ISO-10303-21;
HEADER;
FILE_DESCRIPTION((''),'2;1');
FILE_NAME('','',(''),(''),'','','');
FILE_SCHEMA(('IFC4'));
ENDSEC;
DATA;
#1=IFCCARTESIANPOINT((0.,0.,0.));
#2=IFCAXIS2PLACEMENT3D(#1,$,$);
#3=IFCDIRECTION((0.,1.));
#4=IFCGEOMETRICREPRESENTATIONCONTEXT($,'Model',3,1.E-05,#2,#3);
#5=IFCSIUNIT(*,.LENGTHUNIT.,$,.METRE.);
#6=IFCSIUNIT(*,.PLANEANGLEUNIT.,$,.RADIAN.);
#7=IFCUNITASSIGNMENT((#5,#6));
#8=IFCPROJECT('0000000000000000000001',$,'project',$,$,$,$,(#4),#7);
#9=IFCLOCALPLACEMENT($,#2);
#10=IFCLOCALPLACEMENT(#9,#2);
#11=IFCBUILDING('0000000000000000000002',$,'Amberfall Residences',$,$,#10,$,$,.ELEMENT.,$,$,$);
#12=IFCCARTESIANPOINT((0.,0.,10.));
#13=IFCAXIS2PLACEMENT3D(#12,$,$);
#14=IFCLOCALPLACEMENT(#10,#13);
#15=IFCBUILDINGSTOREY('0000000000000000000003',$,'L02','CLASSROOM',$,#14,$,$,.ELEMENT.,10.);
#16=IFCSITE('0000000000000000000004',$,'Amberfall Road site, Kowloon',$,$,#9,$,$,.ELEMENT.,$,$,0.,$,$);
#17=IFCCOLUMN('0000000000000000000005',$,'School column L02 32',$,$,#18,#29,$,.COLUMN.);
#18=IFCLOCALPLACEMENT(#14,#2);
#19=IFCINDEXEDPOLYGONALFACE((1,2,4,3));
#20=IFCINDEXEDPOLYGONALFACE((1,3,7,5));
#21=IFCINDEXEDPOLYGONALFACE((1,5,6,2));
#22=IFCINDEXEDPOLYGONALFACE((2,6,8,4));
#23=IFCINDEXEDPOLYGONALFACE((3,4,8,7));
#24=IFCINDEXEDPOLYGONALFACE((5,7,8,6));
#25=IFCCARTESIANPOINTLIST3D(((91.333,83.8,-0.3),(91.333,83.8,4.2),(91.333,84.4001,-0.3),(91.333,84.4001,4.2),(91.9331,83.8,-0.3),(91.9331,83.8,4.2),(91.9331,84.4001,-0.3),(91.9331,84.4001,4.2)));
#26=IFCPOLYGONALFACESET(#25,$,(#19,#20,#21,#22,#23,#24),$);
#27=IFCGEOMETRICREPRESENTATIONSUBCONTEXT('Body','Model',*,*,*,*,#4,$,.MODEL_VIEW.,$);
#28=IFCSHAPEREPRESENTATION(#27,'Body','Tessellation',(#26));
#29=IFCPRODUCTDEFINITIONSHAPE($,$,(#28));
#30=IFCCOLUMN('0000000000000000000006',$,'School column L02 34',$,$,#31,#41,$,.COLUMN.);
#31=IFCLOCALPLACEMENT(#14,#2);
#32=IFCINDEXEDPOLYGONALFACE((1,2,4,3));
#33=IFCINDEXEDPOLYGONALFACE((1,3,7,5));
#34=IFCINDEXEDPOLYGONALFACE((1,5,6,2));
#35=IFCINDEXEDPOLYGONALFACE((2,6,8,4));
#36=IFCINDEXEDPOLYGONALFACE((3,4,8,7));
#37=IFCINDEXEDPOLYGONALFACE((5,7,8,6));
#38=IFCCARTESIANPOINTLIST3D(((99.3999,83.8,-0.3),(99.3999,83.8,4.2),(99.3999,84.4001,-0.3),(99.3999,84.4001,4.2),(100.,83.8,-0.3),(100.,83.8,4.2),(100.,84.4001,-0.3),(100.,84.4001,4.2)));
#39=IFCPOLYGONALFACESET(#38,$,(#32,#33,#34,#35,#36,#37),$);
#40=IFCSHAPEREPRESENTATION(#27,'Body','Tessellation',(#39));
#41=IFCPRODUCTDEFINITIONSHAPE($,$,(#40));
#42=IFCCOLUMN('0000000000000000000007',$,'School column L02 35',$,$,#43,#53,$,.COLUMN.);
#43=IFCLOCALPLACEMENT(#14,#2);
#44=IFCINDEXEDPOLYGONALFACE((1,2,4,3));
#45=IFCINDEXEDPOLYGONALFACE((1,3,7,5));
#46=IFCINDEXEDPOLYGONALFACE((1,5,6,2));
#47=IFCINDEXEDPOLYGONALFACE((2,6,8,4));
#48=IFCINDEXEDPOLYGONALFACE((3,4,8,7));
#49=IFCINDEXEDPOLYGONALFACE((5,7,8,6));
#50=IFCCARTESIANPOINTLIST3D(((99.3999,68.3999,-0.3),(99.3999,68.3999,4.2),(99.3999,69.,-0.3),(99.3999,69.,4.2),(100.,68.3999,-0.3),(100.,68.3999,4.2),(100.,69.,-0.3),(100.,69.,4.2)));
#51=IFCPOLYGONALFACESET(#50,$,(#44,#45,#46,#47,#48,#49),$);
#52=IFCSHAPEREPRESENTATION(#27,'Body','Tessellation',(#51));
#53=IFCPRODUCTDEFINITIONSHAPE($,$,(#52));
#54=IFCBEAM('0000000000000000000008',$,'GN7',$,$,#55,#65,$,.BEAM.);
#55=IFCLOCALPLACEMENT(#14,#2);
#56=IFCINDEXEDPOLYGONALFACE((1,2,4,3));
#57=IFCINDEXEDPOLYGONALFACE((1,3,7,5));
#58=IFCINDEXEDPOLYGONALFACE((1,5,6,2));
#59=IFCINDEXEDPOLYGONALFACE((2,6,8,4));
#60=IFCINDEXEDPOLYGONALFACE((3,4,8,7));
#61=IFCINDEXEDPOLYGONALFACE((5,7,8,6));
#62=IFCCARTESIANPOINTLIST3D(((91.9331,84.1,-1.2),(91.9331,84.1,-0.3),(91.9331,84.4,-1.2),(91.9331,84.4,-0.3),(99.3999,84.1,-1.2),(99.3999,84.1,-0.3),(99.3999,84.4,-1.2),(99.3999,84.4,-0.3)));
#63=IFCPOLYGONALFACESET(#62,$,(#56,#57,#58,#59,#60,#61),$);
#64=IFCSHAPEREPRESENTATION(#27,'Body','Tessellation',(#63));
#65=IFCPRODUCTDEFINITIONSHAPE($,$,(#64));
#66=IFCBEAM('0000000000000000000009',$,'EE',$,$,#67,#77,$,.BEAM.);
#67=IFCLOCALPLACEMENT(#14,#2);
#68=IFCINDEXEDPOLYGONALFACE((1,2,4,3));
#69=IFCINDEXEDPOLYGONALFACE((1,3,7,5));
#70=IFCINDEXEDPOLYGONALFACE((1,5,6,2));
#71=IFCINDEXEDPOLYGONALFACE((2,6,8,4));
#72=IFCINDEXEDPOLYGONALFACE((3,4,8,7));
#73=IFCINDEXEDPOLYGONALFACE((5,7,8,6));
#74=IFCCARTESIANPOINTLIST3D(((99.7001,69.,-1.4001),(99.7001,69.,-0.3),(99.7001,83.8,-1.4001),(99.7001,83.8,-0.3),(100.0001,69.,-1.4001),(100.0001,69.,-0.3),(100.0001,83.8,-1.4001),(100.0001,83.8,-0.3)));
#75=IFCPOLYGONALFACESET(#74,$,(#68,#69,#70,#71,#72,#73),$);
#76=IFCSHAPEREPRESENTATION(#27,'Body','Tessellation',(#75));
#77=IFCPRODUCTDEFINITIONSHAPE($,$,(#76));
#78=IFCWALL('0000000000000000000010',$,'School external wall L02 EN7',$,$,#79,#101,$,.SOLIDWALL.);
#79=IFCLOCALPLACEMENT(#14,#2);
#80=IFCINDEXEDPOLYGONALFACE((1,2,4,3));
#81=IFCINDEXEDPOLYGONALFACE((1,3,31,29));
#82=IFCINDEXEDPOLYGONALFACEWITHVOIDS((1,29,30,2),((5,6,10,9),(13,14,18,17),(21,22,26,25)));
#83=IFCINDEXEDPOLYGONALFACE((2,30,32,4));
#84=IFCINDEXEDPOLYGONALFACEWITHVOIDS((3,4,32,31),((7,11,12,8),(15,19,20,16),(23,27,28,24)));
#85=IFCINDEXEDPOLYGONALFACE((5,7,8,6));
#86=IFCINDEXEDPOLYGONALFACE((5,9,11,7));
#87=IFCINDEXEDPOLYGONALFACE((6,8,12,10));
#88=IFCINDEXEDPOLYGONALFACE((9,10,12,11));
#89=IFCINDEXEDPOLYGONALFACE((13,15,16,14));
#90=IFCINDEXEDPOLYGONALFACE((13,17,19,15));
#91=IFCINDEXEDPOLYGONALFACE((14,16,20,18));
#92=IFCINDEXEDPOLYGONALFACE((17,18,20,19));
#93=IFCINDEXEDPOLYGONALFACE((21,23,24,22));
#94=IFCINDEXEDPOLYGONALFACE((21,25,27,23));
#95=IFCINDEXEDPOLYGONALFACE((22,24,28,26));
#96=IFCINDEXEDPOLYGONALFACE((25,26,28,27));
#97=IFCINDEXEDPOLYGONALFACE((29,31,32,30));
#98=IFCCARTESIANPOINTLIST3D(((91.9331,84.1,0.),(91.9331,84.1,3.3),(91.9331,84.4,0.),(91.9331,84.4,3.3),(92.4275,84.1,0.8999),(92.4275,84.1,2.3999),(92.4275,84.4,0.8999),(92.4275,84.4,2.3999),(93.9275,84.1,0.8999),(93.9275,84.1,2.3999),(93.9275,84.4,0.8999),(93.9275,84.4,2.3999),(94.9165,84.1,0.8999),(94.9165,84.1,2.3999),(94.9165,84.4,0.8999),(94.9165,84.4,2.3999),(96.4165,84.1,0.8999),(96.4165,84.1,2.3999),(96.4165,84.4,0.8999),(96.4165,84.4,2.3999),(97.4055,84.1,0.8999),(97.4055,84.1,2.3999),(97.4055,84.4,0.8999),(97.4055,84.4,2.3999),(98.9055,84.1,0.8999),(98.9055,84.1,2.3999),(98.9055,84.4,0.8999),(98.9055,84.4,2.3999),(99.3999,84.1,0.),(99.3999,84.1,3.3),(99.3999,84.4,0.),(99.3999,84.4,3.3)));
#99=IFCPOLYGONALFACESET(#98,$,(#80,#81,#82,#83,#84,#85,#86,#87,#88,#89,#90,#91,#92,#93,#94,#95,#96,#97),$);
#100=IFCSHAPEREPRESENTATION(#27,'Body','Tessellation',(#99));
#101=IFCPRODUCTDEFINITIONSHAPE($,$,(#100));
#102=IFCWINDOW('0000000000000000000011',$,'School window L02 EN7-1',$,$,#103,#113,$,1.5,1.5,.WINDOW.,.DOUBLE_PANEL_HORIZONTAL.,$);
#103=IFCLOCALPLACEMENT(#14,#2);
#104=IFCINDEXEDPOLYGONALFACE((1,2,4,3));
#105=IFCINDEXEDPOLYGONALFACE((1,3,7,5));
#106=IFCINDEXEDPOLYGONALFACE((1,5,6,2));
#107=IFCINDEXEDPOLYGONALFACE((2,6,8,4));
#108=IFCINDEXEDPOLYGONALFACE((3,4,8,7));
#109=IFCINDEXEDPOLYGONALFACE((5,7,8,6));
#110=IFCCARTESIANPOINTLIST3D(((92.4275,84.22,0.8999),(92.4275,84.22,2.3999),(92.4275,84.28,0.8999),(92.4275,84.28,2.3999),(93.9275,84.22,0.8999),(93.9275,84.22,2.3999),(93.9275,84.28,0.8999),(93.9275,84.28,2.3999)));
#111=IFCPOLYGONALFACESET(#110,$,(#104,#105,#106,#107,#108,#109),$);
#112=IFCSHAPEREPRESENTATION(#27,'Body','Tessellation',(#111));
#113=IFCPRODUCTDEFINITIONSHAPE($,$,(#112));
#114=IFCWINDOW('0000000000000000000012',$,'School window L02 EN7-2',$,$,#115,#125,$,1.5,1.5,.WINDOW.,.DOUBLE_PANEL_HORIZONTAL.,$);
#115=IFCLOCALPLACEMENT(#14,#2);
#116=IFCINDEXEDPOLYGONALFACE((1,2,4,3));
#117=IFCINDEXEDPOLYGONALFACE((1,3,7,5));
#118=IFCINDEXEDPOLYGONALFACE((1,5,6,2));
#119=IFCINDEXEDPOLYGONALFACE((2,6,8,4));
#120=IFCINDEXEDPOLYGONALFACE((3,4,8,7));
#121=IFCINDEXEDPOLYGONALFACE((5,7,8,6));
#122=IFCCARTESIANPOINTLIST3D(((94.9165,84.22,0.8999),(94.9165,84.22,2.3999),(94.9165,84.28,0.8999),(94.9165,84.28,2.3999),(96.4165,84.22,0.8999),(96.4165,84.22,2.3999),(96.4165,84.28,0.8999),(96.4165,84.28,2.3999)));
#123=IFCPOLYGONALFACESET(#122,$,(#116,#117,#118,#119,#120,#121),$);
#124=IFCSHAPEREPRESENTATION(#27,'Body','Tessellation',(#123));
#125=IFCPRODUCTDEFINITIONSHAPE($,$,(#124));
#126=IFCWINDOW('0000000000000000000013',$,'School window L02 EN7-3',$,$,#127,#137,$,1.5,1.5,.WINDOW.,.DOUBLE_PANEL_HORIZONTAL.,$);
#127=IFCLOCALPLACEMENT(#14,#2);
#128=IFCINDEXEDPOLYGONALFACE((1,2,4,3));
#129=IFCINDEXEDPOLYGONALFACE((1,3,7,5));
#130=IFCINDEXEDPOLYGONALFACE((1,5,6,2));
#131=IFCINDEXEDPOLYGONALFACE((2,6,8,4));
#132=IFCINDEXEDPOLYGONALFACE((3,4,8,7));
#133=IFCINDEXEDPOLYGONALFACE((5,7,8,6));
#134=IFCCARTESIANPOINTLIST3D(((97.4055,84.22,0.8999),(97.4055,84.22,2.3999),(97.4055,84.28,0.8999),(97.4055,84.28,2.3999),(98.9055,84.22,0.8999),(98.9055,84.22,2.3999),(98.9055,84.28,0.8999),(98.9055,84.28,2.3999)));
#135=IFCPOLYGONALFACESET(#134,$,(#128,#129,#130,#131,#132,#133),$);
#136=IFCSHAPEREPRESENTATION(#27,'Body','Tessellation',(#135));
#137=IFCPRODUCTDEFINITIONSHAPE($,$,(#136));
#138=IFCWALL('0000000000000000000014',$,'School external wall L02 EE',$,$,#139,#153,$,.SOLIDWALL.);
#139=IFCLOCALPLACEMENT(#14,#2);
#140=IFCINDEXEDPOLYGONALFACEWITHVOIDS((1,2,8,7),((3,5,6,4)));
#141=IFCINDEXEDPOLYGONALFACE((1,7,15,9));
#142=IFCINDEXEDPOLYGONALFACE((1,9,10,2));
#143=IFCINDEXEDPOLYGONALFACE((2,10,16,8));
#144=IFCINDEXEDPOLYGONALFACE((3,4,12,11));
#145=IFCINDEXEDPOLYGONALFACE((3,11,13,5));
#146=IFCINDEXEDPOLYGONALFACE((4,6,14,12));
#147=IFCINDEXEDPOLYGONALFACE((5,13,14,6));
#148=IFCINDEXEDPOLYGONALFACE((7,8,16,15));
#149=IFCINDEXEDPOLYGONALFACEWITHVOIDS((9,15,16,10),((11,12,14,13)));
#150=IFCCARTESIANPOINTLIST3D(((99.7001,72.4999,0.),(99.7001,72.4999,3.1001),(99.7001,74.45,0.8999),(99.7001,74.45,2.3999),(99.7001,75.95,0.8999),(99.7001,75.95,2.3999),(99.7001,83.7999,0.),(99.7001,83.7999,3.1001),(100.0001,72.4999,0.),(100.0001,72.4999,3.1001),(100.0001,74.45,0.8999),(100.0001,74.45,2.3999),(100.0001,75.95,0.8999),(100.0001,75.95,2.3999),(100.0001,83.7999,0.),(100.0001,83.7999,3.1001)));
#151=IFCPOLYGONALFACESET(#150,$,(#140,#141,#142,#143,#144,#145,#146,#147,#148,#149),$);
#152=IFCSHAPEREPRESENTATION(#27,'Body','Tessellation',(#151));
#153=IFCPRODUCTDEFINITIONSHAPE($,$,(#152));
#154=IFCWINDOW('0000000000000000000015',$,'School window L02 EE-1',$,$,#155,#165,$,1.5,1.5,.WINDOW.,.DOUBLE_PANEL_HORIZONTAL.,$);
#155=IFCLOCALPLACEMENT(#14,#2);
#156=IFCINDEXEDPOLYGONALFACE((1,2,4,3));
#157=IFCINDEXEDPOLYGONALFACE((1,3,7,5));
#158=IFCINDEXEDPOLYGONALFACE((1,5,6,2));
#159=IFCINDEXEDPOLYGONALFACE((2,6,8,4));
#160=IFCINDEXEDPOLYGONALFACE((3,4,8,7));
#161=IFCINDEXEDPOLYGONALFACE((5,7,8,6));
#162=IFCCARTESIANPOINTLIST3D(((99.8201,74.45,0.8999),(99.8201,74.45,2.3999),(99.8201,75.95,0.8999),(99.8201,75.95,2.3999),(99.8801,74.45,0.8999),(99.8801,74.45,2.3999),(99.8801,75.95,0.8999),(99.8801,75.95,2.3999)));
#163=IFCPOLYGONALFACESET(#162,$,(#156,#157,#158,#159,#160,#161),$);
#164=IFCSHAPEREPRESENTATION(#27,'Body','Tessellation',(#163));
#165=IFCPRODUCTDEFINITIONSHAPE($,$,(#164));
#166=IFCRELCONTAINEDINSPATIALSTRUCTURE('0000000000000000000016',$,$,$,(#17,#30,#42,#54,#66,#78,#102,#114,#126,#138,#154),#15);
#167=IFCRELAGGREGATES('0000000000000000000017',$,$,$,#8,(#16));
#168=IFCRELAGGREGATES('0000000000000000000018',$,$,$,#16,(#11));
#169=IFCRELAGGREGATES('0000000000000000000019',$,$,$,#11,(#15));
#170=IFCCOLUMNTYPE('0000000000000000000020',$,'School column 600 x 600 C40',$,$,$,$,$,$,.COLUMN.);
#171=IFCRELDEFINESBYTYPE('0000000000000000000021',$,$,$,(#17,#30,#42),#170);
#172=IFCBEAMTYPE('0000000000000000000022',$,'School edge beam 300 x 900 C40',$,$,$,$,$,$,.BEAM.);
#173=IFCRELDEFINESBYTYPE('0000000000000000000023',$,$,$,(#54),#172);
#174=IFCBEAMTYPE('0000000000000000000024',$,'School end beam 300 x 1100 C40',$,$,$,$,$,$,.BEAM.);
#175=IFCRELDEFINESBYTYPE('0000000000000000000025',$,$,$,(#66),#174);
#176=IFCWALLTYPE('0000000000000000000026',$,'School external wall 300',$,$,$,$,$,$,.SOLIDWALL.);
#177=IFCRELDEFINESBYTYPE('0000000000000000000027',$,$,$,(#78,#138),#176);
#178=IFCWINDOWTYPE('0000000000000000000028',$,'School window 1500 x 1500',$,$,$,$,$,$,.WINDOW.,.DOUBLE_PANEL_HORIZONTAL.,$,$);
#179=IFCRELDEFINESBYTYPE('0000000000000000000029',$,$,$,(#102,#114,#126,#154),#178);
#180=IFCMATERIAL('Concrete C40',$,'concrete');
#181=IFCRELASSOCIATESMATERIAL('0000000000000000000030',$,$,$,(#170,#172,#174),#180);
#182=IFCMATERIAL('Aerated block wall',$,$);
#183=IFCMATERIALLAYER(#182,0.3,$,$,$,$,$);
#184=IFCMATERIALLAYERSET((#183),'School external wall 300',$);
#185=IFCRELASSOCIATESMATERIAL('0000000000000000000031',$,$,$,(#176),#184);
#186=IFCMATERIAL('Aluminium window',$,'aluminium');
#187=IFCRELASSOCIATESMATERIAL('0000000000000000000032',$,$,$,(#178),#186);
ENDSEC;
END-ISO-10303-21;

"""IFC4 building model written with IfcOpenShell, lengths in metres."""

from ifc_helpers import new_model, si_unit, direction, frame, frame_2d, origin, origin_2d, place, context, subcontext, project, spatial, rectangle, extrude, material, layer, layer_set, material_profile, profile_set, type_object, element, fill, save


model = new_model("IFC4")

# Units and contexts
model_context = context("Model", 3, precision=1e-05, world=origin(), true_north=direction((0.0, 1.0)))
body_context = subcontext(model_context, "Body", "Model", "MODEL_VIEW")
ifc_project = project(units=[si_unit("LENGTHUNIT", "METRE"), si_unit("PLANEANGLEUNIT", "RADIAN")], contexts=[model_context])

# Site, building, storey
site_placement = place(None, origin())
site = spatial("IfcSite", under=ifc_project, at=site_placement, Name="Amberfall Road site, Kowloon", CompositionType="ELEMENT", RefElevation=0.0)
building_placement = place(site_placement, origin())
building = spatial("IfcBuilding", under=site, at=building_placement, Name="Amberfall Residences", CompositionType="ELEMENT")
storey_placement = place(building_placement, frame((0.0, 0.0, 10.0)))
storey = spatial("IfcBuildingStorey", under=building, at=storey_placement, Name="L02", Description="CLASSROOM", CompositionType="ELEMENT", Elevation=10.0)

# Columns
ifc_material_1 = material(Name="Concrete C40", Category="concrete")
ifc_material_profile_1 = material_profile(ifc_material_1, rectangle(XDim=0.6001, YDim=0.6001, at=origin_2d()), Name="School column 600 x 600 C40")
ifc_profile_set_1 = profile_set([ifc_material_profile_1], Name="Concrete C40")
column_type = type_object("IfcColumnType", Name="School column 600 x 600 C40", PredefinedType="COLUMN", material=ifc_profile_set_1)
for number, where, z_axis, x_axis, name in (
    (1, (91.6331, 84.1001, -0.3), (0.0, 0.0, 1.0), (1.0, 0.0, 0.0), "School column L02 32"),
    (2, (99.7, 84.1001, -0.3), (0.0, 0.0, 1.0), (1.0, 0.0, 0.0), "School column L02 34"),
    (3, (99.7, 68.7, -0.3), (0.0, 0.0, 1.0), (1.0, 0.0, 0.0), "School column L02 35"),
):
    element("IfcColumn", number, at=place(storey_placement, frame(where, z_axis=z_axis, x_axis=x_axis)), inside=storey, type_object=column_type, Name=name, PredefinedType="COLUMN", context=body_context, shape_type="SweptSolid", body=[
        extrude(rectangle(XDim=0.6001, YDim=0.6001, at=origin_2d()), origin(), (0.0, 0.0, 1.0), 4.5),
    ])

# Beams
ifc_material_profile_2 = material_profile(ifc_material_1, rectangle(XDim=0.3, YDim=0.8999, at=origin_2d()), Name="School edge beam 300 x 900 C40")
ifc_profile_set_2 = profile_set([ifc_material_profile_2], Name="Concrete C40")
beam_type_1 = type_object("IfcBeamType", Name="School edge beam 300 x 900 C40", PredefinedType="BEAM", material=ifc_profile_set_2)
beam_1_placement = place(storey_placement, frame((91.9331, 84.25, -0.75), z_axis=(1.0, 0.0, 0.0), x_axis=(0.0, 1.0, 0.0)))
element("IfcBeam", 4, at=beam_1_placement, inside=storey, type_object=beam_type_1, Name="GN7", PredefinedType="BEAM", context=body_context, shape_type="SweptSolid", body=[
    extrude(rectangle(XDim=0.3, YDim=0.8999, at=origin_2d()), origin(), (0.0, 0.0, 1.0), 7.4668),
])
ifc_material_profile_3 = material_profile(ifc_material_1, rectangle(XDim=0.3, YDim=1.1001, at=origin_2d()), Name="School end beam 300 x 1100 C40")
ifc_profile_set_3 = profile_set([ifc_material_profile_3], Name="Concrete C40")
beam_type_2 = type_object("IfcBeamType", Name="School end beam 300 x 1100 C40", PredefinedType="BEAM", material=ifc_profile_set_3)
beam_2_placement = place(storey_placement, frame((99.8501, 69.0, -0.8501), z_axis=(0.0, 1.0, 0.0), x_axis=(-1.0, 0.0, 0.0)))
element("IfcBeam", 5, at=beam_2_placement, inside=storey, type_object=beam_type_2, Name="EE", PredefinedType="BEAM", context=body_context, shape_type="SweptSolid", body=[
    extrude(rectangle(XDim=0.3, YDim=1.1001, at=origin_2d()), origin(), (0.0, 0.0, 1.0), 14.8),
])

# Wall, openings, windows
ifc_material_2 = material(Name="Aerated block wall")
ifc_layer_1 = layer(ifc_material_2, 0.3)
ifc_layer_set_1 = layer_set([ifc_layer_1], Name="School external wall 300")
wall_type_1 = type_object("IfcWallType", Name="School external wall 300", PredefinedType="SOLIDWALL", material=ifc_layer_set_1)
wall_1_placement = place(storey_placement, frame((91.9331, 84.25, 0.0), z_axis=(0.0, 0.0, 1.0), x_axis=(1.0, 0.0, 0.0)))
wall_1 = element("IfcWall", 6, at=wall_1_placement, inside=storey, type_object=wall_type_1, Name="School external wall L02 EN7", PredefinedType="SOLIDWALL", context=body_context, shape_type="SweptSolid", body=[
    extrude(rectangle(XDim=7.4668, YDim=0.3, at=frame_2d((3.7334, 0.0))), origin(), (0.0, 0.0, 1.0), 3.3),
])
opening_1_placement = place(wall_1_placement, frame((0.4944, 0.0, 0.8999)))
opening_1 = element("IfcOpeningElement", 7, at=opening_1_placement, cuts=wall_1, PredefinedType="OPENING", context=body_context, shape_type="SweptSolid", body=[
    extrude(rectangle(XDim=1.5, YDim=1.5, at=frame_2d((0.75, 0.75))), frame((0.0, 0.1599, 0.0), z_axis=(0.0, -1.0, 0.0), x_axis=(1.0, 0.0, 0.0)), (0.0, 0.0, 1.0), 0.3201),
])
opening_2_placement = place(wall_1_placement, frame((2.9834, 0.0, 0.8999)))
opening_2 = element("IfcOpeningElement", 8, at=opening_2_placement, cuts=wall_1, PredefinedType="OPENING", context=body_context, shape_type="SweptSolid", body=[
    extrude(rectangle(XDim=1.5, YDim=1.5, at=frame_2d((0.75, 0.75))), frame((0.0, 0.1599, 0.0), z_axis=(0.0, -1.0, 0.0), x_axis=(1.0, 0.0, 0.0)), (0.0, 0.0, 1.0), 0.3201),
])
opening_3_placement = place(wall_1_placement, frame((5.4724, 0.0, 0.8999)))
opening_3 = element("IfcOpeningElement", 9, at=opening_3_placement, cuts=wall_1, PredefinedType="OPENING", context=body_context, shape_type="SweptSolid", body=[
    extrude(rectangle(XDim=1.5, YDim=1.5, at=frame_2d((0.75, 0.75))), frame((0.0, 0.1599, 0.0), z_axis=(0.0, -1.0, 0.0), x_axis=(1.0, 0.0, 0.0)), (0.0, 0.0, 1.0), 0.3201),
])
ifc_material_3 = material(Name="Aluminium window", Category="aluminium")
window_type = type_object("IfcWindowType", Name="School window 1500 x 1500", PartitioningType="DOUBLE_PANEL_HORIZONTAL", PredefinedType="WINDOW", material=ifc_material_3)
window_1_placement = place(opening_1_placement, origin())
window_1 = element("IfcWindow", 10, at=window_1_placement, inside=storey, type_object=window_type, Name="School window L02 EN7-1", OverallHeight=1.5, OverallWidth=1.5, PartitioningType="DOUBLE_PANEL_HORIZONTAL", PredefinedType="WINDOW", context=body_context, shape_type="SweptSolid", body=[
    extrude(rectangle(XDim=1.5, YDim=1.5, at=frame_2d((0.75, 0.75))), frame((0.0, 0.03, 0.0), z_axis=(0.0, -1.0, 0.0), x_axis=(1.0, 0.0, 0.0)), (0.0, 0.0, 1.0), 0.0601),
])
fill(opening_1, window_1)
window_2_placement = place(opening_2_placement, origin())
window_2 = element("IfcWindow", 11, at=window_2_placement, inside=storey, type_object=window_type, Name="School window L02 EN7-2", OverallHeight=1.5, OverallWidth=1.5, PartitioningType="DOUBLE_PANEL_HORIZONTAL", PredefinedType="WINDOW", context=body_context, shape_type="SweptSolid", body=[
    extrude(rectangle(XDim=1.5, YDim=1.5, at=frame_2d((0.75, 0.75))), frame((0.0, 0.03, 0.0), z_axis=(0.0, -1.0, 0.0), x_axis=(1.0, 0.0, 0.0)), (0.0, 0.0, 1.0), 0.0601),
])
fill(opening_2, window_2)
window_3_placement = place(opening_3_placement, origin())
window_3 = element("IfcWindow", 12, at=window_3_placement, inside=storey, type_object=window_type, Name="School window L02 EN7-3", OverallHeight=1.5, OverallWidth=1.5, PartitioningType="DOUBLE_PANEL_HORIZONTAL", PredefinedType="WINDOW", context=body_context, shape_type="SweptSolid", body=[
    extrude(rectangle(XDim=1.5, YDim=1.5, at=frame_2d((0.75, 0.75))), frame((0.0, 0.03, 0.0), z_axis=(0.0, -1.0, 0.0), x_axis=(1.0, 0.0, 0.0)), (0.0, 0.0, 1.0), 0.0601),
])
fill(opening_3, window_3)

# Wall, opening, window
wall_2_placement = place(storey_placement, frame((99.8501, 72.5, 0.0), z_axis=(0.0, 0.0, 1.0), x_axis=(0.0, 1.0, 0.0)))
wall_2 = element("IfcWall", 13, at=wall_2_placement, inside=storey, type_object=wall_type_1, Name="School external wall L02 EE", PredefinedType="SOLIDWALL", context=body_context, shape_type="SweptSolid", body=[
    extrude(rectangle(XDim=11.3, YDim=0.3, at=frame_2d((5.6499, 0.0))), origin(), (0.0, 0.0, 1.0), 3.1001),
])
opening_4_placement = place(wall_2_placement, frame((1.95, 0.0, 0.8999)))
opening_4 = element("IfcOpeningElement", 14, at=opening_4_placement, cuts=wall_2, PredefinedType="OPENING", context=body_context, shape_type="SweptSolid", body=[
    extrude(rectangle(XDim=1.5, YDim=1.5, at=frame_2d((0.75, 0.75))), frame((0.0, 0.1599, 0.0), z_axis=(0.0, -1.0, 0.0), x_axis=(1.0, 0.0, 0.0)), (0.0, 0.0, 1.0), 0.3201),
])
window_4_placement = place(opening_4_placement, origin())
window_4 = element("IfcWindow", 15, at=window_4_placement, inside=storey, type_object=window_type, Name="School window L02 EE-1", OverallHeight=1.5, OverallWidth=1.5, PartitioningType="DOUBLE_PANEL_HORIZONTAL", PredefinedType="WINDOW", context=body_context, shape_type="SweptSolid", body=[
    extrude(rectangle(XDim=1.5, YDim=1.5, at=frame_2d((0.75, 0.75))), frame((0.0, 0.03, 0.0), z_axis=(0.0, -1.0, 0.0), x_axis=(1.0, 0.0, 0.0)), (0.0, 0.0, 1.0), 0.0601),
])
fill(opening_4, window_4)

save(model, "model.ifc")
